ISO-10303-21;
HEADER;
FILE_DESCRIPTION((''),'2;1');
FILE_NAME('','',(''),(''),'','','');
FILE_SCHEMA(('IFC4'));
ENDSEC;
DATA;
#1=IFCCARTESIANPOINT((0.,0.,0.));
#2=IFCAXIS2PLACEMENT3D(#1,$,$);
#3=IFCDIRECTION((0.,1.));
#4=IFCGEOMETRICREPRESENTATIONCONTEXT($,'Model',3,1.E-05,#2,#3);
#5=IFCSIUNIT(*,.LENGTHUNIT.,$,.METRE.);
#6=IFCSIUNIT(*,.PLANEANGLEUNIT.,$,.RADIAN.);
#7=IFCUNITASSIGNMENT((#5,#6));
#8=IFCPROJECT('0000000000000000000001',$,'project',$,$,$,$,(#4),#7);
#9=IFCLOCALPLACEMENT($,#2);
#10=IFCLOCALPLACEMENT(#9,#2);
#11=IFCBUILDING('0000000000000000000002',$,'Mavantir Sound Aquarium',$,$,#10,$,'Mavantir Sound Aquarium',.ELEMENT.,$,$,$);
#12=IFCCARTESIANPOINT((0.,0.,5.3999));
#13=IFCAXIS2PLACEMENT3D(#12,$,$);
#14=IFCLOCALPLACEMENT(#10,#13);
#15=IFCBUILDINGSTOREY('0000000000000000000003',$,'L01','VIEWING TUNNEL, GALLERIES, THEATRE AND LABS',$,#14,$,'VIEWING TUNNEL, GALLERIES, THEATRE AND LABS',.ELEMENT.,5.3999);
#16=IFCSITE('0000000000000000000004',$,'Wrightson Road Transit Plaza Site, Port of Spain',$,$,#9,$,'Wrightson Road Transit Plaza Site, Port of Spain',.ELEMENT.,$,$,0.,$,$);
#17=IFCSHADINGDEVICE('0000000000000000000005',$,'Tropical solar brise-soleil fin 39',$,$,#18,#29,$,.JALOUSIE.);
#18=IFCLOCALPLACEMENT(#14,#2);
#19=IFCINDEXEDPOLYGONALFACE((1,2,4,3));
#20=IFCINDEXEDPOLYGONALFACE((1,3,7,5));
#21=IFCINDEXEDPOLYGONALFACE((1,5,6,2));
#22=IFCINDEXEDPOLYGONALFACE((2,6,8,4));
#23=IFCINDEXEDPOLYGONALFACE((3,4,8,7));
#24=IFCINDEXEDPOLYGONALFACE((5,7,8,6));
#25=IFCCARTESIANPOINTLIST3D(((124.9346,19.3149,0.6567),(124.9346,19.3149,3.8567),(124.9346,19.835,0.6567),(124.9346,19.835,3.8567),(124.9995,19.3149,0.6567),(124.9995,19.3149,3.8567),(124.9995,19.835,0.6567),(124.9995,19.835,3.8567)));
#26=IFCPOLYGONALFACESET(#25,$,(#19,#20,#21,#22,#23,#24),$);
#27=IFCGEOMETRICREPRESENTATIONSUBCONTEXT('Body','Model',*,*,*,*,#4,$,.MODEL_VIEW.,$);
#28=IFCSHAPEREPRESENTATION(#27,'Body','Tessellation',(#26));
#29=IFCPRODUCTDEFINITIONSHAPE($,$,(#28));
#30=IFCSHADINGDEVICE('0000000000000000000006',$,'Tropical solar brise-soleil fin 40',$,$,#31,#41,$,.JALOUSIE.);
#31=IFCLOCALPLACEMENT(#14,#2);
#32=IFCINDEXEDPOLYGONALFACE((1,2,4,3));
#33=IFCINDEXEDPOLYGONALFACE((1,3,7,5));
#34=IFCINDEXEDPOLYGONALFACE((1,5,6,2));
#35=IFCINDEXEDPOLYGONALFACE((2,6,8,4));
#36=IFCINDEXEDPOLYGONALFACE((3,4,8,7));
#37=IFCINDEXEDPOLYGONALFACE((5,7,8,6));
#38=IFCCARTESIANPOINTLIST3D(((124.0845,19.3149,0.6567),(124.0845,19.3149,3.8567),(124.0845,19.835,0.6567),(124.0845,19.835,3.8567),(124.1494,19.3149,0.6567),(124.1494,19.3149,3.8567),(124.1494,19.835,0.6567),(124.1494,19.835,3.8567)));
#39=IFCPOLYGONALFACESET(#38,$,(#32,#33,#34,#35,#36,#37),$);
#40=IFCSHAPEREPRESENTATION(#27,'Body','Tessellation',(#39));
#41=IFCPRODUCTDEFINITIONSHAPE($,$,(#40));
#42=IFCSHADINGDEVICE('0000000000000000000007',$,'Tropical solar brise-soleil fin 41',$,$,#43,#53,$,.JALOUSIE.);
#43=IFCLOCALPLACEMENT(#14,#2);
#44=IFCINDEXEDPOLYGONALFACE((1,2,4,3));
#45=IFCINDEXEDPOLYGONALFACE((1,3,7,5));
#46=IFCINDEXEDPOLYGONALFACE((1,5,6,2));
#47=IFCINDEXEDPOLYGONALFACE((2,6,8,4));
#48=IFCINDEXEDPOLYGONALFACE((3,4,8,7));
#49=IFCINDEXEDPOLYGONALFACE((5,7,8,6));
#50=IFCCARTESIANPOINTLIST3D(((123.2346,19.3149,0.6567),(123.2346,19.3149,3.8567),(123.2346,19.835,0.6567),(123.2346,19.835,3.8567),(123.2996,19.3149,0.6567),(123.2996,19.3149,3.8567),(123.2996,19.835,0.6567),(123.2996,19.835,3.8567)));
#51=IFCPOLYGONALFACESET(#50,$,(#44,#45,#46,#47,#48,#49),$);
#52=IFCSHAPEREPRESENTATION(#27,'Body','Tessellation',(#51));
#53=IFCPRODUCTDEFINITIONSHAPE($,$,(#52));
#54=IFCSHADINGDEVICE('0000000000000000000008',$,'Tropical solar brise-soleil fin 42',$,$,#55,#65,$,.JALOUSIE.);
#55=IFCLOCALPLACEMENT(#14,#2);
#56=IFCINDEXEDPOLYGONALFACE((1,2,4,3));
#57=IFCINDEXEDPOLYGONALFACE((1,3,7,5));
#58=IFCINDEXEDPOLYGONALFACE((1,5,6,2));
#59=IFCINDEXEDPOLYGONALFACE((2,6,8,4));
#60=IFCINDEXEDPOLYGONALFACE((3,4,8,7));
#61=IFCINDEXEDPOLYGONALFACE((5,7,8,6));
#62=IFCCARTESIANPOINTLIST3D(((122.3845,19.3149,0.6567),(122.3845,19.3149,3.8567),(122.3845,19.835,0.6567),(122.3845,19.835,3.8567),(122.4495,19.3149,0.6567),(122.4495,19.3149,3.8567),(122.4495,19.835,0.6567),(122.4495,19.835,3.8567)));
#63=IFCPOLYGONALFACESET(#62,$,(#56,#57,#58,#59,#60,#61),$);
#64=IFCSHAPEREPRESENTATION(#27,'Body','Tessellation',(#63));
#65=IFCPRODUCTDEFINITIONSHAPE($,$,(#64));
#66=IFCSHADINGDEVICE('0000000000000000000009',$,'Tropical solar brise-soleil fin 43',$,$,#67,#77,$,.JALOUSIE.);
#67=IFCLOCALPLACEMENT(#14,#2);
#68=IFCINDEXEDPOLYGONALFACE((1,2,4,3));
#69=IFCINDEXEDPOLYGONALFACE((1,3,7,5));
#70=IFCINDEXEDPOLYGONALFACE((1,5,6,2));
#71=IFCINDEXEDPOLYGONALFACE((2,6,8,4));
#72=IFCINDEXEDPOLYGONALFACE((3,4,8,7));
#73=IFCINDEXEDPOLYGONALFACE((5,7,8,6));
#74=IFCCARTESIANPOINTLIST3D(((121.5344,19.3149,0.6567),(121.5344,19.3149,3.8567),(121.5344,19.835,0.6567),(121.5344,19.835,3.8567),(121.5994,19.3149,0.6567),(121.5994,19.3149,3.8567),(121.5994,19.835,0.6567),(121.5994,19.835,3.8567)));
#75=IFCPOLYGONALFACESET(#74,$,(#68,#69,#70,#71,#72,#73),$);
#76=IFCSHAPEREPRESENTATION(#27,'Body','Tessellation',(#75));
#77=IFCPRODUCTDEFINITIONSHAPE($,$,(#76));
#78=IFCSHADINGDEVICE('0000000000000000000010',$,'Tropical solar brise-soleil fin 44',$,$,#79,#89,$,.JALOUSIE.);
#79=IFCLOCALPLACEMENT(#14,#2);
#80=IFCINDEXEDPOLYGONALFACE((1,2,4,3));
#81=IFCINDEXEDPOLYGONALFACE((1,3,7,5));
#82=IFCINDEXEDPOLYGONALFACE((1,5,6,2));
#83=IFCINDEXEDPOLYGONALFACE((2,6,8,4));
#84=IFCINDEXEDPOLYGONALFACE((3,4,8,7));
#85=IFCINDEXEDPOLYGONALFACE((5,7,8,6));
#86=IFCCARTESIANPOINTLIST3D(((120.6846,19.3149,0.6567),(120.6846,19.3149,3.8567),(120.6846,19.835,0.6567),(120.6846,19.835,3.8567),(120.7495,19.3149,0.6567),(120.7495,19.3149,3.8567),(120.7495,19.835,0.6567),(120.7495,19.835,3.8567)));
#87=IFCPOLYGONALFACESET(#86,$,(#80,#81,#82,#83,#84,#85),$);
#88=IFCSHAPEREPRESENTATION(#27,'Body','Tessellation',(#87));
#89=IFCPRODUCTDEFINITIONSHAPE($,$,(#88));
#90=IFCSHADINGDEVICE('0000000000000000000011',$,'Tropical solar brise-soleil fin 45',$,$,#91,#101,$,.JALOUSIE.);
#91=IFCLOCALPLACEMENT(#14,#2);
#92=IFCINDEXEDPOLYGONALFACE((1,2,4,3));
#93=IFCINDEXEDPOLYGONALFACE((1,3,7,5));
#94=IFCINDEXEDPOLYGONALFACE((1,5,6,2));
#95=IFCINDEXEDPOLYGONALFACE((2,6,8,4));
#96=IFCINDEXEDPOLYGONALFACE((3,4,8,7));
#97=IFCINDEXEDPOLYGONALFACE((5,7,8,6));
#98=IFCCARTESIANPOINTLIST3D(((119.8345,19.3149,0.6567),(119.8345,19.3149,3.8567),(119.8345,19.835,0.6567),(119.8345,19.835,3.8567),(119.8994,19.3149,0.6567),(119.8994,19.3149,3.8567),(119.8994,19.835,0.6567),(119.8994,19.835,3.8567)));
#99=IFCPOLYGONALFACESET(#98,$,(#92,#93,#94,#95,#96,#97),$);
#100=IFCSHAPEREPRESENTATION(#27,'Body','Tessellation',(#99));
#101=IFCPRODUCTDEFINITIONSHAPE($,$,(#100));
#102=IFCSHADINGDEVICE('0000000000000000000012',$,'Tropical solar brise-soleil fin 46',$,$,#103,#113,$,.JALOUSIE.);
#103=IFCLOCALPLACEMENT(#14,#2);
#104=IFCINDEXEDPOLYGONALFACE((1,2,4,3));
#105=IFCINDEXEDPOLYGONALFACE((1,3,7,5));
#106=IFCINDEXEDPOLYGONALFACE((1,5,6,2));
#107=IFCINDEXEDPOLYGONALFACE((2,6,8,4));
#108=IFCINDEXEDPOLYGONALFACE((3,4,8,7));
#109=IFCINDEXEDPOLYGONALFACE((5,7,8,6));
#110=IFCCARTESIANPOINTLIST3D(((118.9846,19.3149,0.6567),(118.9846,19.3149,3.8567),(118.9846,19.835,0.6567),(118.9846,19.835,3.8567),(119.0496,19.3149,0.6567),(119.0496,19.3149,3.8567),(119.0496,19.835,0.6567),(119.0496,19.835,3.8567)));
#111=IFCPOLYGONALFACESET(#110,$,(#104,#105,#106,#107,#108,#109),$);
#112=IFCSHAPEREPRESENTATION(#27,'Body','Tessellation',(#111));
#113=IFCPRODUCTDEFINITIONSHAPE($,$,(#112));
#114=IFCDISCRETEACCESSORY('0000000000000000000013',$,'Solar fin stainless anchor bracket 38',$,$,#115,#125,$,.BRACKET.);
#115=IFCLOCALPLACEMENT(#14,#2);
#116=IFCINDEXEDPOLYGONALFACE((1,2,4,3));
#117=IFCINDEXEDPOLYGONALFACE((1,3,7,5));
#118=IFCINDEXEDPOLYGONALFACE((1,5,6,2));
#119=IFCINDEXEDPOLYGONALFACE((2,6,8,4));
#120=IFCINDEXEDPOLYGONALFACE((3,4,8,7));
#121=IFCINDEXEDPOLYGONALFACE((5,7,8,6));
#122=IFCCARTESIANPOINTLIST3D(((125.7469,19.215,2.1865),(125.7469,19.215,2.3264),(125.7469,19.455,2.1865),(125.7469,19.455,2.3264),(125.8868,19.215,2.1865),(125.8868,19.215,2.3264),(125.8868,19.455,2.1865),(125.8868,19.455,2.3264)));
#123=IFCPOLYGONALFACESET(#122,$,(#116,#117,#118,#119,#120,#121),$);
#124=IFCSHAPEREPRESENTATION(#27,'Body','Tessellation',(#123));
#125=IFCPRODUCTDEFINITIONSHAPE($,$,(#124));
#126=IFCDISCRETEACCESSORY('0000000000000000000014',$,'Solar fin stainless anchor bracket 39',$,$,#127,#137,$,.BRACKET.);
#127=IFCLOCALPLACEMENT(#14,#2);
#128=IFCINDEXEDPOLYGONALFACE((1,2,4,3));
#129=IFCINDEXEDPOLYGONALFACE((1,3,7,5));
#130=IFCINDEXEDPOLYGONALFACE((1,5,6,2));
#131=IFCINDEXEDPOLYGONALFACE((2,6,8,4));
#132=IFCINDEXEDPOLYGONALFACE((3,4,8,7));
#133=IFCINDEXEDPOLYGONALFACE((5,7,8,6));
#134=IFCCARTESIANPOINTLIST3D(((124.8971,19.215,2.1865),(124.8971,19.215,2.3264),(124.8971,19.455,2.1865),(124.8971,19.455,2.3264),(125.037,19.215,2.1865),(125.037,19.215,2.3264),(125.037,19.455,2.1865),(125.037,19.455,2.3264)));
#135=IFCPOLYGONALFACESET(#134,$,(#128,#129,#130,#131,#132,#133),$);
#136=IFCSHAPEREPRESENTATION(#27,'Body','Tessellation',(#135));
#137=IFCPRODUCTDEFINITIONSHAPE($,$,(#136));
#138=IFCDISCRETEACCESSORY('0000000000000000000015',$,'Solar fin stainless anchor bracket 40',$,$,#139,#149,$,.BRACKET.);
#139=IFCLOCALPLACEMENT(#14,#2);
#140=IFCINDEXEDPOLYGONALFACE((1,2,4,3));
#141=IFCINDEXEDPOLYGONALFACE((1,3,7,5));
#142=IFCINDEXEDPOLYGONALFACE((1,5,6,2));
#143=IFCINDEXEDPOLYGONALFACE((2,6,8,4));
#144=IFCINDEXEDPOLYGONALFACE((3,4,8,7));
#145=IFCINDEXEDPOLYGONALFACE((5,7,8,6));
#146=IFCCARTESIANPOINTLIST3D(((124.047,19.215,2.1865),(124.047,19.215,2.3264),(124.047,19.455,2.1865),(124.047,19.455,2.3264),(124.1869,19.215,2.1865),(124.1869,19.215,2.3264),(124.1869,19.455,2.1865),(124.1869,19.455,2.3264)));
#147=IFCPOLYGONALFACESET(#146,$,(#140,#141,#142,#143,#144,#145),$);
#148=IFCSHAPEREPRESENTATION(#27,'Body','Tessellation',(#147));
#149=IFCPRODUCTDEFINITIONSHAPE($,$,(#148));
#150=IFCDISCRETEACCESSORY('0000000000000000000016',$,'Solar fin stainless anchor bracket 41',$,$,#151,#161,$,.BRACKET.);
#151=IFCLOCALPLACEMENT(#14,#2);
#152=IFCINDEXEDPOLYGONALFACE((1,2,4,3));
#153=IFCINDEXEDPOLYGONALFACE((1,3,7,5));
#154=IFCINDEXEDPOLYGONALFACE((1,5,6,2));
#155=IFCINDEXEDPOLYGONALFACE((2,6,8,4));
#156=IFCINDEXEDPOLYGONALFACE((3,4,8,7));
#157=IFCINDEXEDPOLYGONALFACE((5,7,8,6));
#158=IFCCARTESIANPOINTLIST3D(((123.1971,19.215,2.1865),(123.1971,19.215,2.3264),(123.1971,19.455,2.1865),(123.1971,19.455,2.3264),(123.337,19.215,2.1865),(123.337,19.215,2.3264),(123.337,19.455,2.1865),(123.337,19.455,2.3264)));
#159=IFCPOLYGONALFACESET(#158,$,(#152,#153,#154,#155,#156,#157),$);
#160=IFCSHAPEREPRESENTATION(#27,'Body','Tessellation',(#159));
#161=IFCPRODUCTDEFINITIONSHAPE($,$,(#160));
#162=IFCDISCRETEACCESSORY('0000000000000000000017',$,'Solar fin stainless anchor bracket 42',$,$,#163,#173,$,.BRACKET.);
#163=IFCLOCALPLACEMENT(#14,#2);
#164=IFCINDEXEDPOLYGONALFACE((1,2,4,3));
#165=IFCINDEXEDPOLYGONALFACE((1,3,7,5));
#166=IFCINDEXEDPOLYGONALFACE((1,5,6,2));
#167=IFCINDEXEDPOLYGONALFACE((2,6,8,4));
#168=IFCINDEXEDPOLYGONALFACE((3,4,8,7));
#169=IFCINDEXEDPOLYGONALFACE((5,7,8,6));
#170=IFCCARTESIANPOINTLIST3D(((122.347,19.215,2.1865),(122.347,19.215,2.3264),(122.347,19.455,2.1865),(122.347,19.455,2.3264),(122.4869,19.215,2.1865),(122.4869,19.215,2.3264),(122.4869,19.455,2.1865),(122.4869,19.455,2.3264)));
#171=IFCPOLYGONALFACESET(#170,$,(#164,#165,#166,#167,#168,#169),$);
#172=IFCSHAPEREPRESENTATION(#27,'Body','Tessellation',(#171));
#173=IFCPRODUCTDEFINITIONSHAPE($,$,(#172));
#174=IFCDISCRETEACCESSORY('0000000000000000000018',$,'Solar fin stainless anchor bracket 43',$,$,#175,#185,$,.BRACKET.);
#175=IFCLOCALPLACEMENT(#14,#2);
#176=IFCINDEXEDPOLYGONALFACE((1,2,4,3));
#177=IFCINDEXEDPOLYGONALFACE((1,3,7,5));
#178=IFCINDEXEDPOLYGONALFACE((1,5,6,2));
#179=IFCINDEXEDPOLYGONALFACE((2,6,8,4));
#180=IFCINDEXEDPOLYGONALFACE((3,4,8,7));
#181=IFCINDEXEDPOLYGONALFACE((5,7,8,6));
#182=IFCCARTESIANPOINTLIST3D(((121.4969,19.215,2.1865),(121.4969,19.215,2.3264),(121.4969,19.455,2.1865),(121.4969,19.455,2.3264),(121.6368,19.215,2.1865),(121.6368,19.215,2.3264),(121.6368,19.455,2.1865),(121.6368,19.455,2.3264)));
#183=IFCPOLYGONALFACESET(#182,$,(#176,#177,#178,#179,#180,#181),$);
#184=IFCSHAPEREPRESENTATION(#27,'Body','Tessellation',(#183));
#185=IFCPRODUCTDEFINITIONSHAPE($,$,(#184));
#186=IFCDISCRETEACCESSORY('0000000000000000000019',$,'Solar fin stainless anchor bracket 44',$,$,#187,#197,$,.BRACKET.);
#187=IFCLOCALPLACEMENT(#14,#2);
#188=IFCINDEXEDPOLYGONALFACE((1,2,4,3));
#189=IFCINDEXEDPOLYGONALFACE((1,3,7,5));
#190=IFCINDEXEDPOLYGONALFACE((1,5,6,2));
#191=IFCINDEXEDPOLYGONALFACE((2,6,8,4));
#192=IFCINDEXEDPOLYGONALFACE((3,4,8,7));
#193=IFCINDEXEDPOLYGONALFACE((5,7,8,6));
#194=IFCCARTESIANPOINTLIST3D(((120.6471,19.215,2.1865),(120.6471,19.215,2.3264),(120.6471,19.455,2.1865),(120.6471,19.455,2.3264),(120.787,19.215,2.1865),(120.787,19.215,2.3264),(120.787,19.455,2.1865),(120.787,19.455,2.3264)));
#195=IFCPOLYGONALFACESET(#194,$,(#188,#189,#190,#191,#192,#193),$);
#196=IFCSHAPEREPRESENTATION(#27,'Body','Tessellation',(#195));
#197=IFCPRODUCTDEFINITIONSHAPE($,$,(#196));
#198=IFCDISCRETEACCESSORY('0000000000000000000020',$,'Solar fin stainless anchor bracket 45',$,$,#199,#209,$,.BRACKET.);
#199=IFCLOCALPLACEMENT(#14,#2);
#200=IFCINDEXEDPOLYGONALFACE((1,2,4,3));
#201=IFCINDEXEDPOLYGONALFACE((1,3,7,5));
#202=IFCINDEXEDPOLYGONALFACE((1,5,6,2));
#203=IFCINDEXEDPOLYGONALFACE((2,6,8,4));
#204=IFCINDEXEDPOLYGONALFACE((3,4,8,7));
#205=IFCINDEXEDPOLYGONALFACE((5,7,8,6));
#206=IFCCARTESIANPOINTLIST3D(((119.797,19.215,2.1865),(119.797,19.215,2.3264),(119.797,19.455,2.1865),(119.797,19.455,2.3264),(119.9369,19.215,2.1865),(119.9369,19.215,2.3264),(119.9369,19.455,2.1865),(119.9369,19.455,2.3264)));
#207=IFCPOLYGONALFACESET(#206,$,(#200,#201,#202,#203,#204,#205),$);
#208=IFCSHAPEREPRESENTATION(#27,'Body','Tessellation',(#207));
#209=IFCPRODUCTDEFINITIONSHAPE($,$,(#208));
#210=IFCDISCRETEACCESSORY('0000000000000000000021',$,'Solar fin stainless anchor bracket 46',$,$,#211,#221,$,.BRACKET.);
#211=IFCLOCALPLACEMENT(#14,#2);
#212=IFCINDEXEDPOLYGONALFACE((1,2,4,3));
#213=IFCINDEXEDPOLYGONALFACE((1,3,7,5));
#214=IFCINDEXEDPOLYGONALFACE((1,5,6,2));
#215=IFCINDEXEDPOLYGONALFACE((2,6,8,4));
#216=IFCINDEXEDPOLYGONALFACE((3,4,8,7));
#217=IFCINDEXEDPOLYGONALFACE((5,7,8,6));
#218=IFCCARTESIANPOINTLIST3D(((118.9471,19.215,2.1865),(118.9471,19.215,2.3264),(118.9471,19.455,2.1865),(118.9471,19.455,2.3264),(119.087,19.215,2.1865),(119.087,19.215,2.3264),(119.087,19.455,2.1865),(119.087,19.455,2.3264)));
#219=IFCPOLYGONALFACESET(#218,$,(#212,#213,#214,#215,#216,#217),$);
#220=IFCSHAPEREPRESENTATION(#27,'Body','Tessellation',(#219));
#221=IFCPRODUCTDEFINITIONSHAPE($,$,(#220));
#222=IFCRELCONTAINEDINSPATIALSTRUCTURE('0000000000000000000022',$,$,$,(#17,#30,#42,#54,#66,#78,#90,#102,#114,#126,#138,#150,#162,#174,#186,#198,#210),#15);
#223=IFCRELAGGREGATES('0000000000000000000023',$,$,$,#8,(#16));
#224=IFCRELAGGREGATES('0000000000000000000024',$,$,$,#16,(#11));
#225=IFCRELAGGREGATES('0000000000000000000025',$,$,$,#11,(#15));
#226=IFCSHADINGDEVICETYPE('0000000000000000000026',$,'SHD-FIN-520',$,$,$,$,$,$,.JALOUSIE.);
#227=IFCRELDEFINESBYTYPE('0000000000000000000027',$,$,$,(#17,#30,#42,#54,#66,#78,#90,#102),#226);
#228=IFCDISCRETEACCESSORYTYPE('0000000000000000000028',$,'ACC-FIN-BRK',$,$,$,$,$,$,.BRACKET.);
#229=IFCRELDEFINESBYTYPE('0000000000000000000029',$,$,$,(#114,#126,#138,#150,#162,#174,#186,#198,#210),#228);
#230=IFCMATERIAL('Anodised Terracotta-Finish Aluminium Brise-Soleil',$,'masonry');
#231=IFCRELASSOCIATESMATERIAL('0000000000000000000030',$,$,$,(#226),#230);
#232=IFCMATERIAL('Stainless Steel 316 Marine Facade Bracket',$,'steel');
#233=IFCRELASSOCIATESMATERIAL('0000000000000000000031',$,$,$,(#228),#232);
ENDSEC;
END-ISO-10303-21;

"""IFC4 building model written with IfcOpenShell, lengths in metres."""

from ifc_helpers import new_model, si_unit, direction, frame, origin, origin_2d, place, context, subcontext, project, spatial, rectangle, extrude, material, type_object, element, save


model = new_model("IFC4")

# Units and contexts
model_context = context("Model", 3, precision=1e-05, world=origin(), true_north=direction((0.0, 1.0)))
body_context = subcontext(model_context, "Body", "Model", "MODEL_VIEW")
ifc_project = project(units=[si_unit("LENGTHUNIT", "METRE"), si_unit("PLANEANGLEUNIT", "RADIAN")], contexts=[model_context])

# Site, building, storey
site_placement = place(None, origin())
site = spatial("IfcSite", under=ifc_project, at=site_placement, Name="Wrightson Road Transit Plaza Site, Port of Spain", LongName="Wrightson Road Transit Plaza Site, Port of Spain", CompositionType="ELEMENT", RefElevation=0.0)
building_placement = place(site_placement, origin())
building = spatial("IfcBuilding", under=site, at=building_placement, Name="Mavantir Sound Aquarium", LongName="Mavantir Sound Aquarium", CompositionType="ELEMENT")
storey_placement = place(building_placement, frame((0.0, 0.0, 5.3999)))
storey = spatial("IfcBuildingStorey", under=building, at=storey_placement, Name="L01", Description="VIEWING TUNNEL, GALLERIES, THEATRE AND LABS", LongName="VIEWING TUNNEL, GALLERIES, THEATRE AND LABS", CompositionType="ELEMENT", Elevation=5.3999)

# Shading devices
ifc_material_1 = material(Name="Anodised Terracotta-Finish Aluminium Brise-Soleil", Category="masonry")
shading_device_type = type_object("IfcShadingDeviceType", Name="SHD-FIN-520", PredefinedType="JALOUSIE", material=ifc_material_1)
for number, where, z_axis, x_axis, name in (
    (1, (124.967, 19.575, 0.6567), (0.0, 0.0, 1.0), (1.0, 0.0, 0.0), "Tropical solar brise-soleil fin 39"),
    (2, (124.1169, 19.575, 0.6567), (0.0, 0.0, 1.0), (1.0, 0.0, 0.0), "Tropical solar brise-soleil fin 40"),
    (3, (123.2671, 19.575, 0.6567), (0.0, 0.0, 1.0), (1.0, 0.0, 0.0), "Tropical solar brise-soleil fin 41"),
    (4, (122.417, 19.575, 0.6567), (0.0, 0.0, 1.0), (1.0, 0.0, 0.0), "Tropical solar brise-soleil fin 42"),
    (5, (121.5669, 19.575, 0.6567), (0.0, 0.0, 1.0), (1.0, 0.0, 0.0), "Tropical solar brise-soleil fin 43"),
    (6, (120.717, 19.575, 0.6567), (0.0, 0.0, 1.0), (1.0, 0.0, 0.0), "Tropical solar brise-soleil fin 44"),
    (7, (119.8669, 19.575, 0.6567), (0.0, 0.0, 1.0), (1.0, 0.0, 0.0), "Tropical solar brise-soleil fin 45"),
    (8, (119.0171, 19.575, 0.6567), (0.0, 0.0, 1.0), (1.0, 0.0, 0.0), "Tropical solar brise-soleil fin 46"),
):
    element("IfcShadingDevice", number, at=place(storey_placement, frame(where, z_axis=z_axis, x_axis=x_axis)), inside=storey, type_object=shading_device_type, Name=name, PredefinedType="JALOUSIE", context=body_context, shape_type="SweptSolid", body=[
        extrude(rectangle(XDim=0.0649, YDim=0.52, at=origin_2d()), origin(), (0.0, 0.0, 1.0), 3.2),
    ])

# Discrete accessories
ifc_material_2 = material(Name="Stainless Steel 316 Marine Facade Bracket", Category="steel")
discrete_accessory_type = type_object("IfcDiscreteAccessoryType", Name="ACC-FIN-BRK", PredefinedType="BRACKET", material=ifc_material_2)
for number, where, z_axis, x_axis, name in (
    (9, (125.8169, 19.335, 2.1865), (0.0, 0.0, 1.0), (1.0, 0.0, 0.0), "Solar fin stainless anchor bracket 38"),
    (10, (124.967, 19.335, 2.1865), (0.0, 0.0, 1.0), (1.0, 0.0, 0.0), "Solar fin stainless anchor bracket 39"),
    (11, (124.1169, 19.335, 2.1865), (0.0, 0.0, 1.0), (1.0, 0.0, 0.0), "Solar fin stainless anchor bracket 40"),
    (12, (123.2671, 19.335, 2.1865), (0.0, 0.0, 1.0), (1.0, 0.0, 0.0), "Solar fin stainless anchor bracket 41"),
    (13, (122.417, 19.335, 2.1865), (0.0, 0.0, 1.0), (1.0, 0.0, 0.0), "Solar fin stainless anchor bracket 42"),
    (14, (121.5669, 19.335, 2.1865), (0.0, 0.0, 1.0), (1.0, 0.0, 0.0), "Solar fin stainless anchor bracket 43"),
    (15, (120.717, 19.335, 2.1865), (0.0, 0.0, 1.0), (1.0, 0.0, 0.0), "Solar fin stainless anchor bracket 44"),
    (16, (119.8669, 19.335, 2.1865), (0.0, 0.0, 1.0), (1.0, 0.0, 0.0), "Solar fin stainless anchor bracket 45"),
    (17, (119.0171, 19.335, 2.1865), (0.0, 0.0, 1.0), (1.0, 0.0, 0.0), "Solar fin stainless anchor bracket 46"),
):
    element("IfcDiscreteAccessory", number, at=place(storey_placement, frame(where, z_axis=z_axis, x_axis=x_axis)), inside=storey, type_object=discrete_accessory_type, Name=name, PredefinedType="BRACKET", context=body_context, shape_type="SweptSolid", body=[
        extrude(rectangle(XDim=0.1399, YDim=0.24, at=origin_2d()), origin(), (0.0, 0.0, 1.0), 0.1399),
    ])

save(model, "model.ifc")
